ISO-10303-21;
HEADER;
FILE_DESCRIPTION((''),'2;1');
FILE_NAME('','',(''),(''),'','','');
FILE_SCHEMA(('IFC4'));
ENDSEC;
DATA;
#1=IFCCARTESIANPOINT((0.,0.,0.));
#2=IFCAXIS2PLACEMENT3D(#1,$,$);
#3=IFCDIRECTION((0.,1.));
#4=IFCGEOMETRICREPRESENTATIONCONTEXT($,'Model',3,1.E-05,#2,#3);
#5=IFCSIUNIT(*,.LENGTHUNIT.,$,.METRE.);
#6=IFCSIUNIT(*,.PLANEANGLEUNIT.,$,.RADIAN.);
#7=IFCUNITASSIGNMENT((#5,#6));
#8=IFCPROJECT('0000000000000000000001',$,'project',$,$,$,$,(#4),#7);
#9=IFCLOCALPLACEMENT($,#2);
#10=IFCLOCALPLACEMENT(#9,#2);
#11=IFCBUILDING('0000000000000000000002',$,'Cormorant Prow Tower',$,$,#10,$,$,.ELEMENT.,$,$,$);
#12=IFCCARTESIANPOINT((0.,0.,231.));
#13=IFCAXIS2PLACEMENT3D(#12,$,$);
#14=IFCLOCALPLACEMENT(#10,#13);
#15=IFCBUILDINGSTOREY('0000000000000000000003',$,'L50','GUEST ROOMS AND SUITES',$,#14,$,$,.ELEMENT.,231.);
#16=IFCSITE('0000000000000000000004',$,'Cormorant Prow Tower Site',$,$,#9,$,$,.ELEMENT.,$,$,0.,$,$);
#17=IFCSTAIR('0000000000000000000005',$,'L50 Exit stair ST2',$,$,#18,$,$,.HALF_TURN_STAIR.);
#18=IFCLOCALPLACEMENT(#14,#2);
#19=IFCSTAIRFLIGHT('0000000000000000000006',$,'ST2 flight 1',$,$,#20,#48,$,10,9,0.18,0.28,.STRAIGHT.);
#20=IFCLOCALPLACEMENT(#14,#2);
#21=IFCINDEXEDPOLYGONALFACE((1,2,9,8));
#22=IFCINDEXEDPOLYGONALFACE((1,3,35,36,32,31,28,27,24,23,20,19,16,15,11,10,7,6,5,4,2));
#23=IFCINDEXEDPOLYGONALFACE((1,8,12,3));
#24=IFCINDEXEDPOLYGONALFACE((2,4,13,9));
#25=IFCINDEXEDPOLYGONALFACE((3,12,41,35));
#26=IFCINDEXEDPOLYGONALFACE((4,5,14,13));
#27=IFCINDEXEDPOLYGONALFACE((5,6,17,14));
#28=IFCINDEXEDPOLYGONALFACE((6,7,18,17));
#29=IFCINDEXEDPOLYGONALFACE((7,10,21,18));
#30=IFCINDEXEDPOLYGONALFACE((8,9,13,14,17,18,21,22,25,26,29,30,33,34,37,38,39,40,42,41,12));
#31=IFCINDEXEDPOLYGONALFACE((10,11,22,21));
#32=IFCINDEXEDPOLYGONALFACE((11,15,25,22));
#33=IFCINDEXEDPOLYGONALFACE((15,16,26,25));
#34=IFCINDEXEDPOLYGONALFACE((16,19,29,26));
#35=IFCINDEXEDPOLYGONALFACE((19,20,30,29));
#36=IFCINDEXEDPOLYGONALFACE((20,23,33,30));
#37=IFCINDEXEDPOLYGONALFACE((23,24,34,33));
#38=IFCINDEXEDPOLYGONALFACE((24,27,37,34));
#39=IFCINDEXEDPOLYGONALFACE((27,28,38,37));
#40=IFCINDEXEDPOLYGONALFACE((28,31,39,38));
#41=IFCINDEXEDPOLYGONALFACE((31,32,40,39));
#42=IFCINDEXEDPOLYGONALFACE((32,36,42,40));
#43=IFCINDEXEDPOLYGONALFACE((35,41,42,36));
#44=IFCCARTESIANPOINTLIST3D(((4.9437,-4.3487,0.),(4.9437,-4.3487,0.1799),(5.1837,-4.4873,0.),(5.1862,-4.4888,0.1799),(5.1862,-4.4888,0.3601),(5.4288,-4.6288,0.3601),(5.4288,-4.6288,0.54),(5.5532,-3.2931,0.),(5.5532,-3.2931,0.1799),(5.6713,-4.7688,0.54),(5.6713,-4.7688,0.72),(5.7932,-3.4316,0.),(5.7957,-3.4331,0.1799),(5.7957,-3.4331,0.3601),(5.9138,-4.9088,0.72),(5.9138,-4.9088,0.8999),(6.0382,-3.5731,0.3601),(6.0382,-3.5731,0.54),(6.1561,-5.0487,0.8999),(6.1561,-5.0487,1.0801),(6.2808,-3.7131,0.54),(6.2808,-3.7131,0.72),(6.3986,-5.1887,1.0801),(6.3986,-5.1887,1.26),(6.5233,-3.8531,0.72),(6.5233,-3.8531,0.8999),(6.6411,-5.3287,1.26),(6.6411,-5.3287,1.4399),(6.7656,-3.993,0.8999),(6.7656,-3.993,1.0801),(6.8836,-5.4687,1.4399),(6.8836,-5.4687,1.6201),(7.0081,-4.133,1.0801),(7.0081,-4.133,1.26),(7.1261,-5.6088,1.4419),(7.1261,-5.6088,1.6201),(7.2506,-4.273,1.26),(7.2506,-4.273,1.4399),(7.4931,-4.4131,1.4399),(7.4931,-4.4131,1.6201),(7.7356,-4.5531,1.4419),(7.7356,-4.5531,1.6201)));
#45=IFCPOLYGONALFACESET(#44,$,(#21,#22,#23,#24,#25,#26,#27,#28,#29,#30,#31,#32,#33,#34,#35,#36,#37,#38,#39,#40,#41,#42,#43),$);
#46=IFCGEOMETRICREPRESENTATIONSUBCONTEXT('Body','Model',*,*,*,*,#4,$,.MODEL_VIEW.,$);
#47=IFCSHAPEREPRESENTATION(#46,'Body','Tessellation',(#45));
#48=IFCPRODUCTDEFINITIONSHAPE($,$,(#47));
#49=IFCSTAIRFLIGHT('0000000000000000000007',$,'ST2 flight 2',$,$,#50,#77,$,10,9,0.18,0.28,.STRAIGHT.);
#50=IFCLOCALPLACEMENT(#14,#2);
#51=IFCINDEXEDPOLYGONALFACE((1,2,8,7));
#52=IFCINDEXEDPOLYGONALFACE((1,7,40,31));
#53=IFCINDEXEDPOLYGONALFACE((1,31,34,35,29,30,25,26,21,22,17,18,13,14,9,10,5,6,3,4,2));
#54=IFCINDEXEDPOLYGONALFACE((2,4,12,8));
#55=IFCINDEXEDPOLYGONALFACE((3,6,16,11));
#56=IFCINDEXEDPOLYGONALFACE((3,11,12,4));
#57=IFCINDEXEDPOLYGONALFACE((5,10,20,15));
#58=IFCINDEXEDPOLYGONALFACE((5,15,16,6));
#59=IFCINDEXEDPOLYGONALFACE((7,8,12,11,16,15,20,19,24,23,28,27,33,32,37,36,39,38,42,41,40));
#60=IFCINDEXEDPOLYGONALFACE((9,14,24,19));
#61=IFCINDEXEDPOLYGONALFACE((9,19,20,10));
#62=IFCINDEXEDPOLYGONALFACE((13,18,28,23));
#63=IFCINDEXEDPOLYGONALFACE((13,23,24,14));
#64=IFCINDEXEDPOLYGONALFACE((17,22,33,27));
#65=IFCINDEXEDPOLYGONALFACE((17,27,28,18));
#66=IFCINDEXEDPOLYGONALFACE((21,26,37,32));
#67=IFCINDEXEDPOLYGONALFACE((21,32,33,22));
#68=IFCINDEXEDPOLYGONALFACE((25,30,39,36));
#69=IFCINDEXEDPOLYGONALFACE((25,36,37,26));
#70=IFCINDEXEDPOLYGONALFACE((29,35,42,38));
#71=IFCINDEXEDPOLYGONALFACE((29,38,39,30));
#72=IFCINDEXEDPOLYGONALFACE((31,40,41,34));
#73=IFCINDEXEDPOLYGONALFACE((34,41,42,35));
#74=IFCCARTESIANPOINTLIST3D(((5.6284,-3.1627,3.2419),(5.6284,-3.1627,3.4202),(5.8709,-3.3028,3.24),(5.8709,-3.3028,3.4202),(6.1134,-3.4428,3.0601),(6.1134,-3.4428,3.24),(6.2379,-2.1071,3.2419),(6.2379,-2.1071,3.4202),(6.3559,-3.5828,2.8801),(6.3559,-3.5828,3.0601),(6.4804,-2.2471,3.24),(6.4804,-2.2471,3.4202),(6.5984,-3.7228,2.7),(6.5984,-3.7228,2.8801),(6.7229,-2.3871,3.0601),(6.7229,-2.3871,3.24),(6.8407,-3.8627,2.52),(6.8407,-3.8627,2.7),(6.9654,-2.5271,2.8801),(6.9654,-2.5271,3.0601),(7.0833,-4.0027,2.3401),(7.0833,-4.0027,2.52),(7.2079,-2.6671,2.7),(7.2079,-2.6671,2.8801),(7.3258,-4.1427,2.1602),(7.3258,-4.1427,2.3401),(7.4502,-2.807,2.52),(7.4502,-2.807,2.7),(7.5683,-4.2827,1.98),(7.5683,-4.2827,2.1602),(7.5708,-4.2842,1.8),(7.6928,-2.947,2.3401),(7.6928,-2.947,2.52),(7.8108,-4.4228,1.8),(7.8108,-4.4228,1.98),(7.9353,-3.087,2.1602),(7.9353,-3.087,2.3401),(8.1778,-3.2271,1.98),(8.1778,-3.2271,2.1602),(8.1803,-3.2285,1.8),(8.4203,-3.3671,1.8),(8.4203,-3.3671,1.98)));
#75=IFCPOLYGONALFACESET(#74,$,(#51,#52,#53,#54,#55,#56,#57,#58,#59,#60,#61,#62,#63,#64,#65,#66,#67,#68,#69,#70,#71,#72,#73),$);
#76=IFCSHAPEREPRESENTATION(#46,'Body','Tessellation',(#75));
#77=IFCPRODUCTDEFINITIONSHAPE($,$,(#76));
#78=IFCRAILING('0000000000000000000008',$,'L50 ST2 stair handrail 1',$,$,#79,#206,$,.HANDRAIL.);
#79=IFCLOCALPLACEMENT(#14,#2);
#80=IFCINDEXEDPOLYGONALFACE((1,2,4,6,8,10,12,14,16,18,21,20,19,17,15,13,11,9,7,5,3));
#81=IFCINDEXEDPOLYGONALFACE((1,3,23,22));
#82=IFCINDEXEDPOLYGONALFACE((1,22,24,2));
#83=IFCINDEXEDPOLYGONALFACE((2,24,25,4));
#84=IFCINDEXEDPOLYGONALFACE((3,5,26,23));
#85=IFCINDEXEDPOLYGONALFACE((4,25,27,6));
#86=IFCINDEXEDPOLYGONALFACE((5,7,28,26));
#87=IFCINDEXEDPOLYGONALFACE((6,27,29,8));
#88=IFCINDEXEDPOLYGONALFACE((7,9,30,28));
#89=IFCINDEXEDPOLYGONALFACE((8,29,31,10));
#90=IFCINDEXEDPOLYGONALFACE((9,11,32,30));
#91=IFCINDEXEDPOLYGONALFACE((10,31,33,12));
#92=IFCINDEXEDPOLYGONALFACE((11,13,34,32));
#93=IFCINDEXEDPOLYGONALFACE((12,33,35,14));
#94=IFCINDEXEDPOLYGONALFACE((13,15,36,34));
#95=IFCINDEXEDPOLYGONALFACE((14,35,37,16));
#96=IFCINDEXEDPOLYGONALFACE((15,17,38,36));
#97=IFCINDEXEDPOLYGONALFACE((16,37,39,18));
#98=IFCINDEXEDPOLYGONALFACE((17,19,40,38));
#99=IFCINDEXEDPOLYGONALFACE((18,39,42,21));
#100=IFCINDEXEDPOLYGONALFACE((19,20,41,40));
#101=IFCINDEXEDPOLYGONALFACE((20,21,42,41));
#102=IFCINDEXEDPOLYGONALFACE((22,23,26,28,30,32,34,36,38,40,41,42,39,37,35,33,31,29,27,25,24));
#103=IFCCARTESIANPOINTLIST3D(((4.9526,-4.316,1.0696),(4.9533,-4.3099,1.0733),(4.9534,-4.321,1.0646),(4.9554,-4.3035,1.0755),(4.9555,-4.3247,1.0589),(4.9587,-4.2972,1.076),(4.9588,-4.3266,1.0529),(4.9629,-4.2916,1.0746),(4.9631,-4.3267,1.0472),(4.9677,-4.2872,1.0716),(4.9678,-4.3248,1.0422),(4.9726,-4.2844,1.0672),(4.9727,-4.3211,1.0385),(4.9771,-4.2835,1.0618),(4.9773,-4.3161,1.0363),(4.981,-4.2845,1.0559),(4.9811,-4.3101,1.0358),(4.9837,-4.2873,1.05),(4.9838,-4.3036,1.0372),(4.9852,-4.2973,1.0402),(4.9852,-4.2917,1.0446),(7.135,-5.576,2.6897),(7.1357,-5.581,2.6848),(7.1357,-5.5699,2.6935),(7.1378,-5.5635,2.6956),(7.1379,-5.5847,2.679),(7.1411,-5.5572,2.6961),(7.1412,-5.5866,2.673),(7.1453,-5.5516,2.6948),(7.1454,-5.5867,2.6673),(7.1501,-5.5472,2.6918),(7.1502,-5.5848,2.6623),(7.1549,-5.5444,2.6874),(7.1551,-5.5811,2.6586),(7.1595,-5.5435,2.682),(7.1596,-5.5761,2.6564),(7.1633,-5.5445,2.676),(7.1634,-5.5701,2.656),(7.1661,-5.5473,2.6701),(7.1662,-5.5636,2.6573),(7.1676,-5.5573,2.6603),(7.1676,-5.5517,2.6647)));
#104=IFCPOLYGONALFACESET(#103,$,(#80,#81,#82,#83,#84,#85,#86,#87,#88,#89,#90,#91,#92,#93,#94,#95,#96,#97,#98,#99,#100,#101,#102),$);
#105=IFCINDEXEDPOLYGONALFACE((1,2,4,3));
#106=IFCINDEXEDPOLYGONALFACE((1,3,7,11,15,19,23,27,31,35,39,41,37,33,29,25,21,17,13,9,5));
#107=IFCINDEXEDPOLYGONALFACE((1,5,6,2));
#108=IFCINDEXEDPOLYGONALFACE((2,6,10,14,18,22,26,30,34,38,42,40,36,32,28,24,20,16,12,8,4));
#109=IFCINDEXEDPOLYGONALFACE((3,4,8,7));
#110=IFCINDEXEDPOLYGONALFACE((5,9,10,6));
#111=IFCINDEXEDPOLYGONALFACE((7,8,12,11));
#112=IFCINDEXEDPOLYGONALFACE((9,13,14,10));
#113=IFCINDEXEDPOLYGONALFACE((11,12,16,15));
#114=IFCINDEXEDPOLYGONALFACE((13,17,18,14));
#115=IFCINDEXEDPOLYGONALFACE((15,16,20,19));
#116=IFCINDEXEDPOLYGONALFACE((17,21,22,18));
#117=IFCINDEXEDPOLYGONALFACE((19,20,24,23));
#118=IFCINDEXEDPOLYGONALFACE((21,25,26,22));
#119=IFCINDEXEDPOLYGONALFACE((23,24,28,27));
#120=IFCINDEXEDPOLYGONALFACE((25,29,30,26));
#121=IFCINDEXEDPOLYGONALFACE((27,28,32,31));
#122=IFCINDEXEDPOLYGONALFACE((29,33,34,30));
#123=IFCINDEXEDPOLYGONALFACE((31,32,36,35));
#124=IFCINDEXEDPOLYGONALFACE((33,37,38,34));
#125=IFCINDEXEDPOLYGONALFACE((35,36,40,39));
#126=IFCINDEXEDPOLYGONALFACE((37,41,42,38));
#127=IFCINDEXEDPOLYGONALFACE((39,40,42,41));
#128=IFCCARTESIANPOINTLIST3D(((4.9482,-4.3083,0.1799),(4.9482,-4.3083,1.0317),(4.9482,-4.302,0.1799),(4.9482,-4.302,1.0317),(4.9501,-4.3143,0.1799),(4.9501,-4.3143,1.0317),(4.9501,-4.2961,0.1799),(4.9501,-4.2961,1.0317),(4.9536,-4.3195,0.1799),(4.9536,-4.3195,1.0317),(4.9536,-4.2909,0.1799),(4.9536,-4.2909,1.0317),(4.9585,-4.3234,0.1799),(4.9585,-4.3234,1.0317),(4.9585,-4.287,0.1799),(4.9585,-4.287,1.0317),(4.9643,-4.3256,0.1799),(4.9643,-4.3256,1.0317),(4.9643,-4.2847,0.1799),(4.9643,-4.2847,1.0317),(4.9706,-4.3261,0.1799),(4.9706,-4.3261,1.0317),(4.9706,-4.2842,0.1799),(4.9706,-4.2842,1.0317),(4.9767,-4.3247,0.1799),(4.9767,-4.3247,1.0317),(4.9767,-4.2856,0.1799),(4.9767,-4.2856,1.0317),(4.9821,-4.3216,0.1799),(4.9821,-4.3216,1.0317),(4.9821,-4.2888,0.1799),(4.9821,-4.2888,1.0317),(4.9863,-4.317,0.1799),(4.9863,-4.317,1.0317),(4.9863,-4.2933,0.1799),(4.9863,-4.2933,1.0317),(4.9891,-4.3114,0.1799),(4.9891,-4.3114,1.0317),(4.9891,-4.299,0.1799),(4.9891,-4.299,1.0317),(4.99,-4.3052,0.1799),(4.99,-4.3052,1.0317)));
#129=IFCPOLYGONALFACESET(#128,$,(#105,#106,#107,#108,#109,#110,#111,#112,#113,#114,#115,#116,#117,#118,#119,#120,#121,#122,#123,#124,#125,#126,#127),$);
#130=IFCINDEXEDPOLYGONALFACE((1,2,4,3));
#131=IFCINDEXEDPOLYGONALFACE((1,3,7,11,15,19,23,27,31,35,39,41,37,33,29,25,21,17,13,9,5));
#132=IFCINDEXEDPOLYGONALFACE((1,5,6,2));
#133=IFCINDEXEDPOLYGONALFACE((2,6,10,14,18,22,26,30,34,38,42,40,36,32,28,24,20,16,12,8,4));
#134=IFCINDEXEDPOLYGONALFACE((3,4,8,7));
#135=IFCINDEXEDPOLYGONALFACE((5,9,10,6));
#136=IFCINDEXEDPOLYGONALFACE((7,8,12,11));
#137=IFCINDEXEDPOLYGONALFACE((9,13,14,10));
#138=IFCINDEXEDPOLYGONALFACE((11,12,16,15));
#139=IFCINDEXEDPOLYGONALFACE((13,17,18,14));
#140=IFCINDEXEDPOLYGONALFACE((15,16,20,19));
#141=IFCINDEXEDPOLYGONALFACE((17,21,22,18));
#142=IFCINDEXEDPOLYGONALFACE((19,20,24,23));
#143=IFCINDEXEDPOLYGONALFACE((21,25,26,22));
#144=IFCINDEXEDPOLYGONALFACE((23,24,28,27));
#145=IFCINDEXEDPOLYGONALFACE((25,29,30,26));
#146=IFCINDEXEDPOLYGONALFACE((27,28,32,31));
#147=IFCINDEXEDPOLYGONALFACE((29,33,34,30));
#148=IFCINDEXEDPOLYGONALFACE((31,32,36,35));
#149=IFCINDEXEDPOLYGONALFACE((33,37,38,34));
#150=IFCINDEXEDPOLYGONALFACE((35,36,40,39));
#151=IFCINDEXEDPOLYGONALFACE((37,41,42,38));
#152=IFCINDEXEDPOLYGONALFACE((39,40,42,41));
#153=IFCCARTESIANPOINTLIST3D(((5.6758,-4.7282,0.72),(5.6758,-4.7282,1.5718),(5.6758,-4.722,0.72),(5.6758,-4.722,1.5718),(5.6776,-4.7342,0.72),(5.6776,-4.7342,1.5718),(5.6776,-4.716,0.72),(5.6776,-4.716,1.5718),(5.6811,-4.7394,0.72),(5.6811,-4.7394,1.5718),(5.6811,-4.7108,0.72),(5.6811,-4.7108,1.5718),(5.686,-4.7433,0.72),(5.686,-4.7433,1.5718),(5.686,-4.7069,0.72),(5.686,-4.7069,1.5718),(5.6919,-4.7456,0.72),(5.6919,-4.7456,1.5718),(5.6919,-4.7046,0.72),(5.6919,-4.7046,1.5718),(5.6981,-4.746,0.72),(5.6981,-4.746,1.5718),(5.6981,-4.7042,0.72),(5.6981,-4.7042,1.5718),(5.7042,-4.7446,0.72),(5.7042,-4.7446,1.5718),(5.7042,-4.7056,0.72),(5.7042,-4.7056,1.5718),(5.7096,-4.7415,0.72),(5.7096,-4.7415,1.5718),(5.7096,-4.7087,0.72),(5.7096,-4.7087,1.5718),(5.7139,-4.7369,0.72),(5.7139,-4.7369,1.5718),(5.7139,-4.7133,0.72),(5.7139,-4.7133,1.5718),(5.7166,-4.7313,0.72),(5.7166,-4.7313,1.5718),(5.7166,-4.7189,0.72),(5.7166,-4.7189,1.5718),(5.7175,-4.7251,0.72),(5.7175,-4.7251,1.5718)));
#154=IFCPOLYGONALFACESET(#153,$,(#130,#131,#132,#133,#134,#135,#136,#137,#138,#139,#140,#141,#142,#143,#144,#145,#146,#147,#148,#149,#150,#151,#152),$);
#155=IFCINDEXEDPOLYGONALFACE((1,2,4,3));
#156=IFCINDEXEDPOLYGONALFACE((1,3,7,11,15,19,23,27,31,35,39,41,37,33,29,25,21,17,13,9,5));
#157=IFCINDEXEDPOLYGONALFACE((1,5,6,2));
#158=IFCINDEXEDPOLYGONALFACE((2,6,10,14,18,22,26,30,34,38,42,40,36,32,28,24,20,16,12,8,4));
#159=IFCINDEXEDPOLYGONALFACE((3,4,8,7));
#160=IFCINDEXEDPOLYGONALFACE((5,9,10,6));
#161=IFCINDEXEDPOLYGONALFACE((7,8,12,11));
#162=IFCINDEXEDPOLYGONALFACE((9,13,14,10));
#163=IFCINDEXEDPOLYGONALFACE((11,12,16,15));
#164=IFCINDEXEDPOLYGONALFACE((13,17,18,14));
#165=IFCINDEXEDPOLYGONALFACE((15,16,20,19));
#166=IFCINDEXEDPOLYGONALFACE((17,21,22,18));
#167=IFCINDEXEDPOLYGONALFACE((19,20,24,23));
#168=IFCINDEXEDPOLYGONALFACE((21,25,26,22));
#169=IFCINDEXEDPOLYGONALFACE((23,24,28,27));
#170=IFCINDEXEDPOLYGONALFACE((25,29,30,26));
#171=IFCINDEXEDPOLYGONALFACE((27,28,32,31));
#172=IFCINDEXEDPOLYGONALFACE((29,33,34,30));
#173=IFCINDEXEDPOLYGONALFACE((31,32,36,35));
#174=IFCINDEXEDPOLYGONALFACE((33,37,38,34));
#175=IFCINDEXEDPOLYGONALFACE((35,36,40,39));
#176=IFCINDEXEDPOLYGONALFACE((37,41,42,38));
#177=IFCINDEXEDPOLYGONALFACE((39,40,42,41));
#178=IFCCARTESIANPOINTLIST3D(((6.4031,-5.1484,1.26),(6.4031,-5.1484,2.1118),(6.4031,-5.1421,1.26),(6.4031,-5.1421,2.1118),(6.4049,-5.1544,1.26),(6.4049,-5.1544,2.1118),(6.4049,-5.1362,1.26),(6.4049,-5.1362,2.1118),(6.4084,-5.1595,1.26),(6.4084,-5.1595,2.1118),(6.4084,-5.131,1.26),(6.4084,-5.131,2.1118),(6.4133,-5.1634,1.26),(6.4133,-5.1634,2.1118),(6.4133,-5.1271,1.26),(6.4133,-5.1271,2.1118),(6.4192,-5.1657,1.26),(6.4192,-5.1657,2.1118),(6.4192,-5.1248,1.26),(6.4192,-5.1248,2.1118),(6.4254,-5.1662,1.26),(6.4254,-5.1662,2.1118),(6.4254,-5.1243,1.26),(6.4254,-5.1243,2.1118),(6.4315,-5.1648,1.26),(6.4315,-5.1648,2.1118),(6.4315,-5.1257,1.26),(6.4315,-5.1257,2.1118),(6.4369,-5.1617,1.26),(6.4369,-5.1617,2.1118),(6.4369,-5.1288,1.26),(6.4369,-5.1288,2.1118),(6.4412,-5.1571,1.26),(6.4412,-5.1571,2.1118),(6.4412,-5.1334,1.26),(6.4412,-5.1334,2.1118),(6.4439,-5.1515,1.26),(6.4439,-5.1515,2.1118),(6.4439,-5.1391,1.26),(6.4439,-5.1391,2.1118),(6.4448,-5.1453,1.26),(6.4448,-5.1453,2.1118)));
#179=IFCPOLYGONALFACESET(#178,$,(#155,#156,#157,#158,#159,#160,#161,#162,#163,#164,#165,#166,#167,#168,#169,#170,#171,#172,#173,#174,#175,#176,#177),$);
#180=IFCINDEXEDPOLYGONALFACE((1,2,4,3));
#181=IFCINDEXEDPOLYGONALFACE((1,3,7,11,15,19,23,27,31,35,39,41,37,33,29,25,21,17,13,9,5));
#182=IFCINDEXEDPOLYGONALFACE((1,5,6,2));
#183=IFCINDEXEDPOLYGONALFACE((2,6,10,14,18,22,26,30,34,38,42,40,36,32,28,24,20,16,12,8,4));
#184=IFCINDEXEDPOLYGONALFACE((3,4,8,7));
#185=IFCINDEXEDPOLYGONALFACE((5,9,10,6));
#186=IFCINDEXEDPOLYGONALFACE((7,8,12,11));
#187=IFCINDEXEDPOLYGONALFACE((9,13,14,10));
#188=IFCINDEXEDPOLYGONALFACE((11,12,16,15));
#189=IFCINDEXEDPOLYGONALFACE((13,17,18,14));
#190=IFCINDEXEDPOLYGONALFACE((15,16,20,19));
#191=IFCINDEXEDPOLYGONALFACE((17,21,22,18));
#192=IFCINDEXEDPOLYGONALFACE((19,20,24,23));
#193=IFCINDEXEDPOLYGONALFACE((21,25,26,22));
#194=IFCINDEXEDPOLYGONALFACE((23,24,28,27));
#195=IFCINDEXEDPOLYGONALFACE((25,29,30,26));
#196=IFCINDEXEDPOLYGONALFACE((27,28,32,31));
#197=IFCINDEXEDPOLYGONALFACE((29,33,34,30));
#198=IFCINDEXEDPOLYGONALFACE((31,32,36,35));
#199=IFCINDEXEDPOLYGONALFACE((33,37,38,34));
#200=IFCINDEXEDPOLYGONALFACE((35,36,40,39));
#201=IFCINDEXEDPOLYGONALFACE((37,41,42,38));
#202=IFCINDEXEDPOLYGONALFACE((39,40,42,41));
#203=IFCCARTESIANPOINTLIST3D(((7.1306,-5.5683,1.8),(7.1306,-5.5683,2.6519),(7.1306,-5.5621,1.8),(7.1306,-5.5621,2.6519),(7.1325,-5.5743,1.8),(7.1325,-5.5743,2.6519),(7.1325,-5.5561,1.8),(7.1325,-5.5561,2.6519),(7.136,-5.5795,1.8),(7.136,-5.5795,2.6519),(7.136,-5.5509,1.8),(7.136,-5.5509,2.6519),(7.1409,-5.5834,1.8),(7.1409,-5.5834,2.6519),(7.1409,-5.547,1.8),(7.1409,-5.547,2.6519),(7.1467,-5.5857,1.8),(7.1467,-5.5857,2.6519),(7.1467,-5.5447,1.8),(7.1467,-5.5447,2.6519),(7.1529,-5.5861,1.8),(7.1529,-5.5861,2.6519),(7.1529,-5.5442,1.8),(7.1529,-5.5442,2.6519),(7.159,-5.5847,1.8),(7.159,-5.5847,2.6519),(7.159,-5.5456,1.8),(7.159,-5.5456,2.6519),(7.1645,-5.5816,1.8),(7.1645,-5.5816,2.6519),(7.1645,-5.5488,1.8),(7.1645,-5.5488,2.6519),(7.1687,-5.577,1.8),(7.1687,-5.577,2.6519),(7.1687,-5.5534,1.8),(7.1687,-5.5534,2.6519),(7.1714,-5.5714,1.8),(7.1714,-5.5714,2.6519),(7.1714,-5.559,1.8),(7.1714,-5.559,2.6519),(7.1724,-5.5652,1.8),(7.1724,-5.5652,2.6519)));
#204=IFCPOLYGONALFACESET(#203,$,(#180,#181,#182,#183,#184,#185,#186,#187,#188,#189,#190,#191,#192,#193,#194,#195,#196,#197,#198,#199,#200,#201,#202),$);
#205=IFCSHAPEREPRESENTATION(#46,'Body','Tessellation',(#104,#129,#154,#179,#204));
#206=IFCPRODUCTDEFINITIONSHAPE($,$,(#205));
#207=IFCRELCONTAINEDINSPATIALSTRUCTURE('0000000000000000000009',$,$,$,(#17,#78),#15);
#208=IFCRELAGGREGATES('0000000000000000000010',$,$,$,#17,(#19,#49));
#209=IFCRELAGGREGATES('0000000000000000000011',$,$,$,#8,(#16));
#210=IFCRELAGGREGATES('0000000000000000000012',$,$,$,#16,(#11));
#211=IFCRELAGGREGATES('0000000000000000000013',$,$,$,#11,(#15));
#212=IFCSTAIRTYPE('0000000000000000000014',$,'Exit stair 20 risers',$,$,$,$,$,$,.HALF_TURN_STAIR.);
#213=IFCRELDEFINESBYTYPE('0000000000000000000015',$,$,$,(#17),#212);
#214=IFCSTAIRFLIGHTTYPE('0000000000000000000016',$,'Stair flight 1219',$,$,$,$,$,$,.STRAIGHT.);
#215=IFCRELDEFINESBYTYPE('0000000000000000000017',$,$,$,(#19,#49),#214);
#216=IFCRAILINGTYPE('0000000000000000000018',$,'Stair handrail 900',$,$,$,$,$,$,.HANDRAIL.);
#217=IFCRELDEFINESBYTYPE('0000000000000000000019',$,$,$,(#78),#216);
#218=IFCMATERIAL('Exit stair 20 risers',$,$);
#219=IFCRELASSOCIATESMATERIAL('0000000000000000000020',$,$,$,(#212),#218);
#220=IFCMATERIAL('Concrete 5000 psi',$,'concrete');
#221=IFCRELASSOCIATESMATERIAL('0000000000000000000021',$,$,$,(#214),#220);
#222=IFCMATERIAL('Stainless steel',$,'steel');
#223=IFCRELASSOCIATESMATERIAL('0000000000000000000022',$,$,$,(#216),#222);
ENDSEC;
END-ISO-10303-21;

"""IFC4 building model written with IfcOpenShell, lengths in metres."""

from ifc_helpers import new_model, si_unit, direction, frame, origin, origin_2d, place, context, subcontext, project, spatial, polyline, circle, outline, extrude, material, type_object, element, aggregate, save


model = new_model("IFC4")

# Units and contexts
model_context = context("Model", 3, precision=1e-05, world=origin(), true_north=direction((0.0, 1.0)))
body_context = subcontext(model_context, "Body", "Model", "MODEL_VIEW")
ifc_project = project(units=[si_unit("LENGTHUNIT", "METRE"), si_unit("PLANEANGLEUNIT", "RADIAN")], contexts=[model_context])

# Site, building, storey
site_placement = place(None, origin())
site = spatial("IfcSite", under=ifc_project, at=site_placement, Name="Cormorant Prow Tower Site", CompositionType="ELEMENT", RefElevation=0.0)
building_placement = place(site_placement, origin())
building = spatial("IfcBuilding", under=site, at=building_placement, Name="Cormorant Prow Tower", CompositionType="ELEMENT")
storey_placement = place(building_placement, frame((0.0, 0.0, 231.0)))
storey = spatial("IfcBuildingStorey", under=building, at=storey_placement, Name="L50", Description="GUEST ROOMS AND SUITES", CompositionType="ELEMENT", Elevation=231.0)

# Stair, stair flights
ifc_material_1 = material(Name="Exit stair 20 risers")
stair_type = type_object("IfcStairType", Name="Exit stair 20 risers", PredefinedType="HALF_TURN_STAIR", material=ifc_material_1)
stair_placement = place(storey_placement, origin())
stair = element("IfcStair", 1, at=stair_placement, inside=storey, type_object=stair_type, Name="L50 Exit stair ST2", PredefinedType="HALF_TURN_STAIR")
ifc_material_2 = material(Name="Concrete 5000 psi", Category="concrete")
stair_flight_type = type_object("IfcStairFlightType", Name="Stair flight 1219", PredefinedType="STRAIGHT", material=ifc_material_2)
stair_flight_1_placement = place(storey_placement, frame((5.2485, -3.8208, 0.0), z_axis=(0.0, 0.0, 1.0), x_axis=(0.866025, -0.5, 0.0)))
stair_flight_1 = element("IfcStairFlight", 2, at=stair_flight_1_placement, type_object=stair_flight_type, Name="ST2 flight 1", NumberOfRisers=10, NumberOfTreads=9, PredefinedType="STRAIGHT", RiserHeight=0.18, TreadLength=0.28, context=body_context, shape_type="SweptSolid", body=[
    extrude(outline(polyline([(0.0, 0.0), (0.0, 0.1799), (0.28, 0.1799), (0.28, 0.3601), (0.5601, 0.3601), (0.5601, 0.54), (0.8401, 0.54), (0.8401, 0.72), (1.1201, 0.72), (1.1201, 0.8999), (1.3999, 0.8999), (1.3999, 1.0801), (1.6799, 1.0801), (1.6799, 1.26), (1.96, 1.26), (1.96, 1.4399), (2.24, 1.4399), (2.24, 1.6201), (2.52, 1.6201), (2.52, 1.8), (2.52, 1.4419), (0.2771, 0.0), (0.0, 0.0)])), frame((0.0, 0.6094, 0.0), z_axis=(0.0, -1.0, 0.0), x_axis=(1.0, 0.0, 0.0)), (0.0, 0.0, 1.0), 1.219),
])
stair_flight_2_placement = place(storey_placement, frame((8.1155, -3.895, 1.8), z_axis=(0.0, 0.0, 1.0), x_axis=(-0.866025, 0.5, 0.0)))
stair_flight_2 = element("IfcStairFlight", 3, at=stair_flight_2_placement, type_object=stair_flight_type, Name="ST2 flight 2", NumberOfRisers=10, NumberOfTreads=9, PredefinedType="STRAIGHT", RiserHeight=0.18, TreadLength=0.28, context=body_context, shape_type="SweptSolid", body=[
    extrude(outline(polyline([(0.0, 0.0), (0.0, 0.1799), (0.28, 0.1799), (0.28, 0.3601), (0.5601, 0.3601), (0.5601, 0.54), (0.8401, 0.54), (0.8401, 0.72), (1.1201, 0.72), (1.1201, 0.8999), (1.3999, 0.8999), (1.3999, 1.0801), (1.6799, 1.0801), (1.6799, 1.26), (1.96, 1.26), (1.96, 1.4399), (2.24, 1.4399), (2.24, 1.6201), (2.52, 1.6201), (2.52, 1.8), (2.52, 1.4419), (0.2771, 0.0), (0.0, 0.0)])), frame((0.0, 0.6094, 0.0), z_axis=(0.0, -1.0, 0.0), x_axis=(1.0, 0.0, 0.0)), (0.0, 0.0, 1.0), 1.219),
])
aggregate(stair, [stair_flight_1, stair_flight_2])

# Railing
ifc_material_3 = material(Name="Stainless steel", Category="steel")
railing_type_1 = type_object("IfcRailingType", Name="Stair handrail 900", PredefinedType="HANDRAIL", material=ifc_material_3)
railing_1_placement = place(storey_placement, frame((4.969, -4.3052, 0.1799)))
element("IfcRailing", 4, at=railing_1_placement, inside=storey, type_object=railing_type_1, Name="L50 ST2 stair handrail 1", PredefinedType="HANDRAIL", context=body_context, shape_type="SweptSolid", body=[
    extrude(circle(Radius=0.0239, at=origin_2d()), frame((0.0, 0.0, 0.876), z_axis=(0.728464, -0.420584, 0.540786), x_axis=(0.500005, 0.866023, 0.0)), (0.0, 0.0, 1.0), 2.9958),
    extrude(circle(Radius=0.021, at=origin_2d()), origin(), (0.0, 0.0, 1.0), 0.8518),
    extrude(circle(Radius=0.021, at=origin_2d()), frame((0.7275, -0.4199, 0.54)), (0.0, 0.0, 1.0), 0.8518),
    extrude(circle(Radius=0.021, at=origin_2d()), frame((1.4548, -0.8401, 1.0801)), (0.0, 0.0, 1.0), 0.8518),
    extrude(circle(Radius=0.021, at=origin_2d()), frame((2.1824, -1.26, 1.6201)), (0.0, 0.0, 1.0), 0.8518),
])

save(model, "model.ifc")
